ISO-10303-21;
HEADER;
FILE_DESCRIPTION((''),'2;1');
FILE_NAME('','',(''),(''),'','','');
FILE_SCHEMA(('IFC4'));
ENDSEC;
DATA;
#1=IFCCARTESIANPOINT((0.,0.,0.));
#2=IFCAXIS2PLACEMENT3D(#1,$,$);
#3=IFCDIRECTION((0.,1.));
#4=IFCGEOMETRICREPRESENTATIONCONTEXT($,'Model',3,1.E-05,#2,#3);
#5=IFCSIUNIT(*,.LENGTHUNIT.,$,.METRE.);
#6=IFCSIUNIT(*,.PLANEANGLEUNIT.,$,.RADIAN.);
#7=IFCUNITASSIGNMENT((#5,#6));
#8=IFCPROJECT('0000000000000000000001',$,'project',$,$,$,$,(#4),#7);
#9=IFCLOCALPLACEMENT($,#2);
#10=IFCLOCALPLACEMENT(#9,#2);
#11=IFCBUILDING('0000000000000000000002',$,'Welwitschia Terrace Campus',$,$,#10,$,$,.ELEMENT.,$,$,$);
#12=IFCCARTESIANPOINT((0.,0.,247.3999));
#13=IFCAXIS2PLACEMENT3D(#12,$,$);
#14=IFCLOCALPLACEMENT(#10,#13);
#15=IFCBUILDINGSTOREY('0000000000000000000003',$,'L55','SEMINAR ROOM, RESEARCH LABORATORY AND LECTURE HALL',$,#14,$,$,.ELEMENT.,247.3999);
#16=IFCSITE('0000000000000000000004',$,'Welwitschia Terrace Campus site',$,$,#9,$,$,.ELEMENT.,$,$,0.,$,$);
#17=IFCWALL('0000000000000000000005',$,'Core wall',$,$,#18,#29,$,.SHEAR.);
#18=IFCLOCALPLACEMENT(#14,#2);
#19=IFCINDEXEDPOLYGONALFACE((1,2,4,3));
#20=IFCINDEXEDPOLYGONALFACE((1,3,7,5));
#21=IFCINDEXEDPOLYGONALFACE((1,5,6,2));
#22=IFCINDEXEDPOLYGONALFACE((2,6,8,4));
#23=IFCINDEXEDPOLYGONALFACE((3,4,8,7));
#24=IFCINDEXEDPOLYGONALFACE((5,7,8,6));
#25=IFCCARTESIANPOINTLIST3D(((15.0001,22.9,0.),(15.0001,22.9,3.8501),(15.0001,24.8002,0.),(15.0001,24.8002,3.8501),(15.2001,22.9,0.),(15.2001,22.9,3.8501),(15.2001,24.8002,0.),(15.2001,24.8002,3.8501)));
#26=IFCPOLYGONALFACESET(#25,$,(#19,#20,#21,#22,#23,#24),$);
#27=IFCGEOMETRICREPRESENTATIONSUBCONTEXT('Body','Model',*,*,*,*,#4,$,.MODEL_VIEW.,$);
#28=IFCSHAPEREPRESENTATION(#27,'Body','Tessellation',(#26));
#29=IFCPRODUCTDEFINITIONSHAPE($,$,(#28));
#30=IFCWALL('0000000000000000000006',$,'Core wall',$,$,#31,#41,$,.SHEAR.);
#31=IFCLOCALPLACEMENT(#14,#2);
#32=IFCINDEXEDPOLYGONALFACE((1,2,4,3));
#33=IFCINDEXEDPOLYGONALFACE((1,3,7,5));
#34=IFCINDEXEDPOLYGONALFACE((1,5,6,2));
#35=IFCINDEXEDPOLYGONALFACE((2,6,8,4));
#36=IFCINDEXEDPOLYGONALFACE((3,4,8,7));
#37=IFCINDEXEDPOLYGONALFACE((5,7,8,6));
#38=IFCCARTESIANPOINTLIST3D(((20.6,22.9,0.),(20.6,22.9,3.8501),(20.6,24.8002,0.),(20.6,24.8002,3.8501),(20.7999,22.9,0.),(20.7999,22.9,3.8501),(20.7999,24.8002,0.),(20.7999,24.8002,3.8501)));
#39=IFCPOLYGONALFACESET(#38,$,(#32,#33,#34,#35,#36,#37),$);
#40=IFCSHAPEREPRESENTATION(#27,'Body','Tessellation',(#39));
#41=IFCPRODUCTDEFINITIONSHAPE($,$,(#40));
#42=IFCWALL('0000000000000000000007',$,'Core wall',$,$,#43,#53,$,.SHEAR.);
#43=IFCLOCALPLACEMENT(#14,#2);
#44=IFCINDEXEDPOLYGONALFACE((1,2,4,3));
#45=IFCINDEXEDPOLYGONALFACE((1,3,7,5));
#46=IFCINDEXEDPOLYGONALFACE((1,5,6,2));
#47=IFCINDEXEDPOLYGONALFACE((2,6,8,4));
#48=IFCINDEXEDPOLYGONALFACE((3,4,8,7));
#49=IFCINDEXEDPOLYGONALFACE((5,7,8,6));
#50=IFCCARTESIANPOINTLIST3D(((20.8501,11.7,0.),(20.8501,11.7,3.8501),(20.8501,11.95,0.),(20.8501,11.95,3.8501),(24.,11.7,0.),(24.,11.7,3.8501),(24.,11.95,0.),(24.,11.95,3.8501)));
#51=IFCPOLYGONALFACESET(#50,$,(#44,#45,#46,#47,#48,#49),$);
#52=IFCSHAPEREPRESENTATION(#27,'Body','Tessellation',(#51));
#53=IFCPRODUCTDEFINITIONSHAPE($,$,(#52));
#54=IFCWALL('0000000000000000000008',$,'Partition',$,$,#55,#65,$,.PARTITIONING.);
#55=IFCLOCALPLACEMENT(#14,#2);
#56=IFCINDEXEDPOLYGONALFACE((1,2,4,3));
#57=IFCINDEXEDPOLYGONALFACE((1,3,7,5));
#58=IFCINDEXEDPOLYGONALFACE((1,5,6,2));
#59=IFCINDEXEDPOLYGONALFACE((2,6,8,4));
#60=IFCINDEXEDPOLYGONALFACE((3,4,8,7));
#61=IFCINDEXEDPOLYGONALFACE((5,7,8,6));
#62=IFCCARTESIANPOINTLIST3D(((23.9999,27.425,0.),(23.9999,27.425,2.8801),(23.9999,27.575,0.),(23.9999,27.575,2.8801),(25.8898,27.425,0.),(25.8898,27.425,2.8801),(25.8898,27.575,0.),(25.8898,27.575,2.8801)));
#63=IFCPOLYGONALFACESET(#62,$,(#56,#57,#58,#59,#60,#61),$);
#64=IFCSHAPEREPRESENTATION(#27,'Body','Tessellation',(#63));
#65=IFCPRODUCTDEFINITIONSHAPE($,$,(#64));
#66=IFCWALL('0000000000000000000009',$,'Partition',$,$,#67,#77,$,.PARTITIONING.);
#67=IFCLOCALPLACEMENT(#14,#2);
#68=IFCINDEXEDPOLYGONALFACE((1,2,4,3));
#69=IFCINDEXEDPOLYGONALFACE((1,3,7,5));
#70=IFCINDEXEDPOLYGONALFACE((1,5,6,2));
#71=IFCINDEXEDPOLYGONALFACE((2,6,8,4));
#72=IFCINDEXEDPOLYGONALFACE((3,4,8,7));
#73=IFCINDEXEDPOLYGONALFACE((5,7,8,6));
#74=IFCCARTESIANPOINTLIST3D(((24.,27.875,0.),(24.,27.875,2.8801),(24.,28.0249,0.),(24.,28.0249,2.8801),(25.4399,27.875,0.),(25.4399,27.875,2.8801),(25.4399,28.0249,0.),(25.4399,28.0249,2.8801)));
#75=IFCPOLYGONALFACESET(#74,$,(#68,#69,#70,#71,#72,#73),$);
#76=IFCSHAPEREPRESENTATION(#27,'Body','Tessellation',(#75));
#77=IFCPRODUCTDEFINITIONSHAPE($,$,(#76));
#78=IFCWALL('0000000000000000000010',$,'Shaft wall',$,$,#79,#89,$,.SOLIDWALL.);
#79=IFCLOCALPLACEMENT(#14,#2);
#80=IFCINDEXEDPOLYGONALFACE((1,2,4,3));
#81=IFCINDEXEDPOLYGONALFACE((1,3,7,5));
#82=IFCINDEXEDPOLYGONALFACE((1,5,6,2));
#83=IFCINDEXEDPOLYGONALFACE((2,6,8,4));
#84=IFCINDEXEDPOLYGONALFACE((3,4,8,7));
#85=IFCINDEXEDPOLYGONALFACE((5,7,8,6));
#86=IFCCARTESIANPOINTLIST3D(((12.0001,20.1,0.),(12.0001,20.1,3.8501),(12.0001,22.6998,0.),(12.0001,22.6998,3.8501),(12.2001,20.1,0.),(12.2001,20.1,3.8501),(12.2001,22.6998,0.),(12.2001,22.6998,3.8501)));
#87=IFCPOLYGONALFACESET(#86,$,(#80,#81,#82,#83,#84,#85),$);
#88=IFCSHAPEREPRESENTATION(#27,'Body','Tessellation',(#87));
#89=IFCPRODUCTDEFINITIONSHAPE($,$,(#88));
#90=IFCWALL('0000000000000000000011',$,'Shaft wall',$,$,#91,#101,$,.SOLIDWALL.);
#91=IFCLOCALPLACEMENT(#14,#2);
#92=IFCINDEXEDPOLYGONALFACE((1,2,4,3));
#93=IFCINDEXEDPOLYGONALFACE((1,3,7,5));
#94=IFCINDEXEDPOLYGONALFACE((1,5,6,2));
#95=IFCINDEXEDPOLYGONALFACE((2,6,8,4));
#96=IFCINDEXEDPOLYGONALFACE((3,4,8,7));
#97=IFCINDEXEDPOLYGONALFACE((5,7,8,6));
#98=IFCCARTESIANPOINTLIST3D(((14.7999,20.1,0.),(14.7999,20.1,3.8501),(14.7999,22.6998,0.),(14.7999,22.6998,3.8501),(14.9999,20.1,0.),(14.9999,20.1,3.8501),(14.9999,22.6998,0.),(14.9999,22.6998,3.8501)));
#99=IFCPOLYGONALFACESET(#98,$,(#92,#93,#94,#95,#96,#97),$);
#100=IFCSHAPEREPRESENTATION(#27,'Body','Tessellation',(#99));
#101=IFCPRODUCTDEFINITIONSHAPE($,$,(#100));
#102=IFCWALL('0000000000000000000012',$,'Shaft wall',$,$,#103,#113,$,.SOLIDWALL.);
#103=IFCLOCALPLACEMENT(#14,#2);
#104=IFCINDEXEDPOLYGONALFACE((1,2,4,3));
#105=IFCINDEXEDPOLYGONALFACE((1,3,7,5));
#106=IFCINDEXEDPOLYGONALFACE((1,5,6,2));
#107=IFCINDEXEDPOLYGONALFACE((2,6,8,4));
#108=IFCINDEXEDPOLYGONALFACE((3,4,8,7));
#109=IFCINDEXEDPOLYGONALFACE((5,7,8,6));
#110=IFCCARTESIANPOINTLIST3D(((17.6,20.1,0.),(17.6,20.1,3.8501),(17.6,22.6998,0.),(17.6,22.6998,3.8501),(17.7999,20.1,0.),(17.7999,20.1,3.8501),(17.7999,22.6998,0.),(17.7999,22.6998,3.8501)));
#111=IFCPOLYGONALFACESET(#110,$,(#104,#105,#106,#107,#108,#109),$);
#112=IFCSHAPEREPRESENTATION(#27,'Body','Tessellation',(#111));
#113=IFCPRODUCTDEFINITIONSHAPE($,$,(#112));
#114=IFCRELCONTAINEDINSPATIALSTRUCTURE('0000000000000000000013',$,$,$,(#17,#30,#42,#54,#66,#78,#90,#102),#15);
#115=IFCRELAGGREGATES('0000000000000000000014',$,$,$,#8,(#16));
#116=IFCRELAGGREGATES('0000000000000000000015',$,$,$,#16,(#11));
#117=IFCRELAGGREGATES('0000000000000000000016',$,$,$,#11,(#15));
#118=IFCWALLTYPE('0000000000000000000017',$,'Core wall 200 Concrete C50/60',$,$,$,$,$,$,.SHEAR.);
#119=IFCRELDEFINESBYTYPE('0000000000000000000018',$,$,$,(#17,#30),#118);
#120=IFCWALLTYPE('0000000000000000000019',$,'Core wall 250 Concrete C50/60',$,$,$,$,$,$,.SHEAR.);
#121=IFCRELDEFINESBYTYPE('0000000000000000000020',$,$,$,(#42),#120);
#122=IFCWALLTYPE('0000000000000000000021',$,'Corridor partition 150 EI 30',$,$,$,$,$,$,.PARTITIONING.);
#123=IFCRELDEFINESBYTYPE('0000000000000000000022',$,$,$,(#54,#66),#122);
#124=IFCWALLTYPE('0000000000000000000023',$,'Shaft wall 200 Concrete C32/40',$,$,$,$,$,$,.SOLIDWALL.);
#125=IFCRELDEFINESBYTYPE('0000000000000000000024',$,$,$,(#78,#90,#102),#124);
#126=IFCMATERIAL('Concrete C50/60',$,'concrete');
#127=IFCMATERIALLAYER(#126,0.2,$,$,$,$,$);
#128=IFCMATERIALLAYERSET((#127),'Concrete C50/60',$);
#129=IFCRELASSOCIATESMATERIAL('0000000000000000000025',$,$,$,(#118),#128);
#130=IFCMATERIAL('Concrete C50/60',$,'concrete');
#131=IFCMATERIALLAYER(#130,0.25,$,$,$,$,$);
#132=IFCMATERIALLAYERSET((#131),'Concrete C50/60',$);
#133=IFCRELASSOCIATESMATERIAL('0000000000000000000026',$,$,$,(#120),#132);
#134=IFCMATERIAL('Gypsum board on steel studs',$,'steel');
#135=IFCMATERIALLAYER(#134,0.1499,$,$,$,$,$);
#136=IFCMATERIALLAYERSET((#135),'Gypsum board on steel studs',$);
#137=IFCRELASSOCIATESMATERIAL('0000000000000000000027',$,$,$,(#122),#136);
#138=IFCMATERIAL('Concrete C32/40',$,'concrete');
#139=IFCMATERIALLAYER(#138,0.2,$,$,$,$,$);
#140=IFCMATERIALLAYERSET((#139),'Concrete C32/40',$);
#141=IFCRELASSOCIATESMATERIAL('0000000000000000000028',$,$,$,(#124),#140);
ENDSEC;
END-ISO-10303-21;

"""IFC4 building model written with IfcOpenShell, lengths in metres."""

from ifc_helpers import new_model, si_unit, direction, frame, frame_2d, origin, place, context, subcontext, project, spatial, rectangle, extrude, material, layer, layer_set, type_object, element, save


model = new_model("IFC4")

# Units and contexts
model_context = context("Model", 3, precision=1e-05, world=origin(), true_north=direction((0.0, 1.0)))
body_context = subcontext(model_context, "Body", "Model", "MODEL_VIEW")
ifc_project = project(units=[si_unit("LENGTHUNIT", "METRE"), si_unit("PLANEANGLEUNIT", "RADIAN")], contexts=[model_context])

# Site, building, storey
site_placement = place(None, origin())
site = spatial("IfcSite", under=ifc_project, at=site_placement, Name="Welwitschia Terrace Campus site", CompositionType="ELEMENT", RefElevation=0.0)
building_placement = place(site_placement, origin())
building = spatial("IfcBuilding", under=site, at=building_placement, Name="Welwitschia Terrace Campus", CompositionType="ELEMENT")
storey_placement = place(building_placement, frame((0.0, 0.0, 247.3999)))
storey = spatial("IfcBuildingStorey", under=building, at=storey_placement, Name="L55", Description="SEMINAR ROOM, RESEARCH LABORATORY AND LECTURE HALL", CompositionType="ELEMENT", Elevation=247.3999)

# Walls
ifc_material_1 = material(Name="Concrete C50/60", Category="concrete")
ifc_layer_1 = layer(ifc_material_1, 0.2)
ifc_layer_set_1 = layer_set([ifc_layer_1], Name="Concrete C50/60")
wall_type_1 = type_object("IfcWallType", Name="Core wall 200 Concrete C50/60", PredefinedType="SHEAR", material=ifc_layer_set_1)
for number, where, z_axis, x_axis, name in (
    (1, (15.1001, 22.8999, 0.0), (0.0, 0.0, 1.0), (0.0, 1.0, 0.0), "Core wall"),
    (2, (20.7, 22.8999, 0.0), (0.0, 0.0, 1.0), (0.0, 1.0, 0.0), "Core wall"),
):
    element("IfcWall", number, at=place(storey_placement, frame(where, z_axis=z_axis, x_axis=x_axis)), inside=storey, type_object=wall_type_1, Name=name, PredefinedType="SHEAR", context=body_context, shape_type="SweptSolid", body=[
        extrude(rectangle(XDim=1.9001, YDim=0.2, at=frame_2d((0.9502, 0.0))), origin(), (0.0, 0.0, 1.0), 3.8501),
    ])
ifc_material_2 = material(Name="Concrete C50/60", Category="concrete")
ifc_layer_2 = layer(ifc_material_2, 0.25)
ifc_layer_set_2 = layer_set([ifc_layer_2], Name="Concrete C50/60")
wall_type_2 = type_object("IfcWallType", Name="Core wall 250 Concrete C50/60", PredefinedType="SHEAR", material=ifc_layer_set_2)
wall_1_placement = place(storey_placement, frame((20.8501, 11.825, 0.0), z_axis=(0.0, 0.0, 1.0), x_axis=(1.0, 0.0, 0.0)))
element("IfcWall", 3, at=wall_1_placement, inside=storey, type_object=wall_type_2, Name="Core wall", PredefinedType="SHEAR", context=body_context, shape_type="SweptSolid", body=[
    extrude(rectangle(XDim=3.1499, YDim=0.25, at=frame_2d((1.575, 0.0))), origin(), (0.0, 0.0, 1.0), 3.8501),
])
ifc_material_3 = material(Name="Gypsum board on steel studs", Category="steel")
ifc_layer_3 = layer(ifc_material_3, 0.1499)
ifc_layer_set_3 = layer_set([ifc_layer_3], Name="Gypsum board on steel studs")
wall_type_3 = type_object("IfcWallType", Name="Corridor partition 150 EI 30", PredefinedType="PARTITIONING", material=ifc_layer_set_3)
wall_2_placement = place(storey_placement, frame((24.0, 27.5, 0.0), z_axis=(0.0, 0.0, 1.0), x_axis=(1.0, 0.0, 0.0)))
element("IfcWall", 4, at=wall_2_placement, inside=storey, type_object=wall_type_3, Name="Partition", PredefinedType="PARTITIONING", context=body_context, shape_type="SweptSolid", body=[
    extrude(rectangle(XDim=1.8899, YDim=0.1499, at=frame_2d((0.9448, 0.0))), origin(), (0.0, 0.0, 1.0), 2.8801),
])
wall_3_placement = place(storey_placement, frame((24.0, 27.95, 0.0), z_axis=(0.0, 0.0, 1.0), x_axis=(1.0, 0.0, 0.0)))
element("IfcWall", 5, at=wall_3_placement, inside=storey, type_object=wall_type_3, Name="Partition", PredefinedType="PARTITIONING", context=body_context, shape_type="SweptSolid", body=[
    extrude(rectangle(XDim=1.4399, YDim=0.1499, at=frame_2d((0.72, 0.0))), origin(), (0.0, 0.0, 1.0), 2.8801),
])
ifc_material_4 = material(Name="Concrete C32/40", Category="concrete")
ifc_layer_4 = layer(ifc_material_4, 0.2)
ifc_layer_set_4 = layer_set([ifc_layer_4], Name="Concrete C32/40")
wall_type_4 = type_object("IfcWallType", Name="Shaft wall 200 Concrete C32/40", PredefinedType="SOLIDWALL", material=ifc_layer_set_4)
for number, where, z_axis, x_axis, name in (
    (6, (12.1001, 20.1001, 0.0), (0.0, 0.0, 1.0), (0.0, 1.0, 0.0), "Shaft wall"),
    (7, (14.8999, 20.1001, 0.0), (0.0, 0.0, 1.0), (0.0, 1.0, 0.0), "Shaft wall"),
    (8, (17.7, 20.1001, 0.0), (0.0, 0.0, 1.0), (0.0, 1.0, 0.0), "Shaft wall"),
):
    element("IfcWall", number, at=place(storey_placement, frame(where, z_axis=z_axis, x_axis=x_axis)), inside=storey, type_object=wall_type_4, Name=name, PredefinedType="SOLIDWALL", context=body_context, shape_type="SweptSolid", body=[
        extrude(rectangle(XDim=2.5999, YDim=0.2, at=frame_2d((1.2998, 0.0))), origin(), (0.0, 0.0, 1.0), 3.8501),
    ])

save(model, "model.ifc")
